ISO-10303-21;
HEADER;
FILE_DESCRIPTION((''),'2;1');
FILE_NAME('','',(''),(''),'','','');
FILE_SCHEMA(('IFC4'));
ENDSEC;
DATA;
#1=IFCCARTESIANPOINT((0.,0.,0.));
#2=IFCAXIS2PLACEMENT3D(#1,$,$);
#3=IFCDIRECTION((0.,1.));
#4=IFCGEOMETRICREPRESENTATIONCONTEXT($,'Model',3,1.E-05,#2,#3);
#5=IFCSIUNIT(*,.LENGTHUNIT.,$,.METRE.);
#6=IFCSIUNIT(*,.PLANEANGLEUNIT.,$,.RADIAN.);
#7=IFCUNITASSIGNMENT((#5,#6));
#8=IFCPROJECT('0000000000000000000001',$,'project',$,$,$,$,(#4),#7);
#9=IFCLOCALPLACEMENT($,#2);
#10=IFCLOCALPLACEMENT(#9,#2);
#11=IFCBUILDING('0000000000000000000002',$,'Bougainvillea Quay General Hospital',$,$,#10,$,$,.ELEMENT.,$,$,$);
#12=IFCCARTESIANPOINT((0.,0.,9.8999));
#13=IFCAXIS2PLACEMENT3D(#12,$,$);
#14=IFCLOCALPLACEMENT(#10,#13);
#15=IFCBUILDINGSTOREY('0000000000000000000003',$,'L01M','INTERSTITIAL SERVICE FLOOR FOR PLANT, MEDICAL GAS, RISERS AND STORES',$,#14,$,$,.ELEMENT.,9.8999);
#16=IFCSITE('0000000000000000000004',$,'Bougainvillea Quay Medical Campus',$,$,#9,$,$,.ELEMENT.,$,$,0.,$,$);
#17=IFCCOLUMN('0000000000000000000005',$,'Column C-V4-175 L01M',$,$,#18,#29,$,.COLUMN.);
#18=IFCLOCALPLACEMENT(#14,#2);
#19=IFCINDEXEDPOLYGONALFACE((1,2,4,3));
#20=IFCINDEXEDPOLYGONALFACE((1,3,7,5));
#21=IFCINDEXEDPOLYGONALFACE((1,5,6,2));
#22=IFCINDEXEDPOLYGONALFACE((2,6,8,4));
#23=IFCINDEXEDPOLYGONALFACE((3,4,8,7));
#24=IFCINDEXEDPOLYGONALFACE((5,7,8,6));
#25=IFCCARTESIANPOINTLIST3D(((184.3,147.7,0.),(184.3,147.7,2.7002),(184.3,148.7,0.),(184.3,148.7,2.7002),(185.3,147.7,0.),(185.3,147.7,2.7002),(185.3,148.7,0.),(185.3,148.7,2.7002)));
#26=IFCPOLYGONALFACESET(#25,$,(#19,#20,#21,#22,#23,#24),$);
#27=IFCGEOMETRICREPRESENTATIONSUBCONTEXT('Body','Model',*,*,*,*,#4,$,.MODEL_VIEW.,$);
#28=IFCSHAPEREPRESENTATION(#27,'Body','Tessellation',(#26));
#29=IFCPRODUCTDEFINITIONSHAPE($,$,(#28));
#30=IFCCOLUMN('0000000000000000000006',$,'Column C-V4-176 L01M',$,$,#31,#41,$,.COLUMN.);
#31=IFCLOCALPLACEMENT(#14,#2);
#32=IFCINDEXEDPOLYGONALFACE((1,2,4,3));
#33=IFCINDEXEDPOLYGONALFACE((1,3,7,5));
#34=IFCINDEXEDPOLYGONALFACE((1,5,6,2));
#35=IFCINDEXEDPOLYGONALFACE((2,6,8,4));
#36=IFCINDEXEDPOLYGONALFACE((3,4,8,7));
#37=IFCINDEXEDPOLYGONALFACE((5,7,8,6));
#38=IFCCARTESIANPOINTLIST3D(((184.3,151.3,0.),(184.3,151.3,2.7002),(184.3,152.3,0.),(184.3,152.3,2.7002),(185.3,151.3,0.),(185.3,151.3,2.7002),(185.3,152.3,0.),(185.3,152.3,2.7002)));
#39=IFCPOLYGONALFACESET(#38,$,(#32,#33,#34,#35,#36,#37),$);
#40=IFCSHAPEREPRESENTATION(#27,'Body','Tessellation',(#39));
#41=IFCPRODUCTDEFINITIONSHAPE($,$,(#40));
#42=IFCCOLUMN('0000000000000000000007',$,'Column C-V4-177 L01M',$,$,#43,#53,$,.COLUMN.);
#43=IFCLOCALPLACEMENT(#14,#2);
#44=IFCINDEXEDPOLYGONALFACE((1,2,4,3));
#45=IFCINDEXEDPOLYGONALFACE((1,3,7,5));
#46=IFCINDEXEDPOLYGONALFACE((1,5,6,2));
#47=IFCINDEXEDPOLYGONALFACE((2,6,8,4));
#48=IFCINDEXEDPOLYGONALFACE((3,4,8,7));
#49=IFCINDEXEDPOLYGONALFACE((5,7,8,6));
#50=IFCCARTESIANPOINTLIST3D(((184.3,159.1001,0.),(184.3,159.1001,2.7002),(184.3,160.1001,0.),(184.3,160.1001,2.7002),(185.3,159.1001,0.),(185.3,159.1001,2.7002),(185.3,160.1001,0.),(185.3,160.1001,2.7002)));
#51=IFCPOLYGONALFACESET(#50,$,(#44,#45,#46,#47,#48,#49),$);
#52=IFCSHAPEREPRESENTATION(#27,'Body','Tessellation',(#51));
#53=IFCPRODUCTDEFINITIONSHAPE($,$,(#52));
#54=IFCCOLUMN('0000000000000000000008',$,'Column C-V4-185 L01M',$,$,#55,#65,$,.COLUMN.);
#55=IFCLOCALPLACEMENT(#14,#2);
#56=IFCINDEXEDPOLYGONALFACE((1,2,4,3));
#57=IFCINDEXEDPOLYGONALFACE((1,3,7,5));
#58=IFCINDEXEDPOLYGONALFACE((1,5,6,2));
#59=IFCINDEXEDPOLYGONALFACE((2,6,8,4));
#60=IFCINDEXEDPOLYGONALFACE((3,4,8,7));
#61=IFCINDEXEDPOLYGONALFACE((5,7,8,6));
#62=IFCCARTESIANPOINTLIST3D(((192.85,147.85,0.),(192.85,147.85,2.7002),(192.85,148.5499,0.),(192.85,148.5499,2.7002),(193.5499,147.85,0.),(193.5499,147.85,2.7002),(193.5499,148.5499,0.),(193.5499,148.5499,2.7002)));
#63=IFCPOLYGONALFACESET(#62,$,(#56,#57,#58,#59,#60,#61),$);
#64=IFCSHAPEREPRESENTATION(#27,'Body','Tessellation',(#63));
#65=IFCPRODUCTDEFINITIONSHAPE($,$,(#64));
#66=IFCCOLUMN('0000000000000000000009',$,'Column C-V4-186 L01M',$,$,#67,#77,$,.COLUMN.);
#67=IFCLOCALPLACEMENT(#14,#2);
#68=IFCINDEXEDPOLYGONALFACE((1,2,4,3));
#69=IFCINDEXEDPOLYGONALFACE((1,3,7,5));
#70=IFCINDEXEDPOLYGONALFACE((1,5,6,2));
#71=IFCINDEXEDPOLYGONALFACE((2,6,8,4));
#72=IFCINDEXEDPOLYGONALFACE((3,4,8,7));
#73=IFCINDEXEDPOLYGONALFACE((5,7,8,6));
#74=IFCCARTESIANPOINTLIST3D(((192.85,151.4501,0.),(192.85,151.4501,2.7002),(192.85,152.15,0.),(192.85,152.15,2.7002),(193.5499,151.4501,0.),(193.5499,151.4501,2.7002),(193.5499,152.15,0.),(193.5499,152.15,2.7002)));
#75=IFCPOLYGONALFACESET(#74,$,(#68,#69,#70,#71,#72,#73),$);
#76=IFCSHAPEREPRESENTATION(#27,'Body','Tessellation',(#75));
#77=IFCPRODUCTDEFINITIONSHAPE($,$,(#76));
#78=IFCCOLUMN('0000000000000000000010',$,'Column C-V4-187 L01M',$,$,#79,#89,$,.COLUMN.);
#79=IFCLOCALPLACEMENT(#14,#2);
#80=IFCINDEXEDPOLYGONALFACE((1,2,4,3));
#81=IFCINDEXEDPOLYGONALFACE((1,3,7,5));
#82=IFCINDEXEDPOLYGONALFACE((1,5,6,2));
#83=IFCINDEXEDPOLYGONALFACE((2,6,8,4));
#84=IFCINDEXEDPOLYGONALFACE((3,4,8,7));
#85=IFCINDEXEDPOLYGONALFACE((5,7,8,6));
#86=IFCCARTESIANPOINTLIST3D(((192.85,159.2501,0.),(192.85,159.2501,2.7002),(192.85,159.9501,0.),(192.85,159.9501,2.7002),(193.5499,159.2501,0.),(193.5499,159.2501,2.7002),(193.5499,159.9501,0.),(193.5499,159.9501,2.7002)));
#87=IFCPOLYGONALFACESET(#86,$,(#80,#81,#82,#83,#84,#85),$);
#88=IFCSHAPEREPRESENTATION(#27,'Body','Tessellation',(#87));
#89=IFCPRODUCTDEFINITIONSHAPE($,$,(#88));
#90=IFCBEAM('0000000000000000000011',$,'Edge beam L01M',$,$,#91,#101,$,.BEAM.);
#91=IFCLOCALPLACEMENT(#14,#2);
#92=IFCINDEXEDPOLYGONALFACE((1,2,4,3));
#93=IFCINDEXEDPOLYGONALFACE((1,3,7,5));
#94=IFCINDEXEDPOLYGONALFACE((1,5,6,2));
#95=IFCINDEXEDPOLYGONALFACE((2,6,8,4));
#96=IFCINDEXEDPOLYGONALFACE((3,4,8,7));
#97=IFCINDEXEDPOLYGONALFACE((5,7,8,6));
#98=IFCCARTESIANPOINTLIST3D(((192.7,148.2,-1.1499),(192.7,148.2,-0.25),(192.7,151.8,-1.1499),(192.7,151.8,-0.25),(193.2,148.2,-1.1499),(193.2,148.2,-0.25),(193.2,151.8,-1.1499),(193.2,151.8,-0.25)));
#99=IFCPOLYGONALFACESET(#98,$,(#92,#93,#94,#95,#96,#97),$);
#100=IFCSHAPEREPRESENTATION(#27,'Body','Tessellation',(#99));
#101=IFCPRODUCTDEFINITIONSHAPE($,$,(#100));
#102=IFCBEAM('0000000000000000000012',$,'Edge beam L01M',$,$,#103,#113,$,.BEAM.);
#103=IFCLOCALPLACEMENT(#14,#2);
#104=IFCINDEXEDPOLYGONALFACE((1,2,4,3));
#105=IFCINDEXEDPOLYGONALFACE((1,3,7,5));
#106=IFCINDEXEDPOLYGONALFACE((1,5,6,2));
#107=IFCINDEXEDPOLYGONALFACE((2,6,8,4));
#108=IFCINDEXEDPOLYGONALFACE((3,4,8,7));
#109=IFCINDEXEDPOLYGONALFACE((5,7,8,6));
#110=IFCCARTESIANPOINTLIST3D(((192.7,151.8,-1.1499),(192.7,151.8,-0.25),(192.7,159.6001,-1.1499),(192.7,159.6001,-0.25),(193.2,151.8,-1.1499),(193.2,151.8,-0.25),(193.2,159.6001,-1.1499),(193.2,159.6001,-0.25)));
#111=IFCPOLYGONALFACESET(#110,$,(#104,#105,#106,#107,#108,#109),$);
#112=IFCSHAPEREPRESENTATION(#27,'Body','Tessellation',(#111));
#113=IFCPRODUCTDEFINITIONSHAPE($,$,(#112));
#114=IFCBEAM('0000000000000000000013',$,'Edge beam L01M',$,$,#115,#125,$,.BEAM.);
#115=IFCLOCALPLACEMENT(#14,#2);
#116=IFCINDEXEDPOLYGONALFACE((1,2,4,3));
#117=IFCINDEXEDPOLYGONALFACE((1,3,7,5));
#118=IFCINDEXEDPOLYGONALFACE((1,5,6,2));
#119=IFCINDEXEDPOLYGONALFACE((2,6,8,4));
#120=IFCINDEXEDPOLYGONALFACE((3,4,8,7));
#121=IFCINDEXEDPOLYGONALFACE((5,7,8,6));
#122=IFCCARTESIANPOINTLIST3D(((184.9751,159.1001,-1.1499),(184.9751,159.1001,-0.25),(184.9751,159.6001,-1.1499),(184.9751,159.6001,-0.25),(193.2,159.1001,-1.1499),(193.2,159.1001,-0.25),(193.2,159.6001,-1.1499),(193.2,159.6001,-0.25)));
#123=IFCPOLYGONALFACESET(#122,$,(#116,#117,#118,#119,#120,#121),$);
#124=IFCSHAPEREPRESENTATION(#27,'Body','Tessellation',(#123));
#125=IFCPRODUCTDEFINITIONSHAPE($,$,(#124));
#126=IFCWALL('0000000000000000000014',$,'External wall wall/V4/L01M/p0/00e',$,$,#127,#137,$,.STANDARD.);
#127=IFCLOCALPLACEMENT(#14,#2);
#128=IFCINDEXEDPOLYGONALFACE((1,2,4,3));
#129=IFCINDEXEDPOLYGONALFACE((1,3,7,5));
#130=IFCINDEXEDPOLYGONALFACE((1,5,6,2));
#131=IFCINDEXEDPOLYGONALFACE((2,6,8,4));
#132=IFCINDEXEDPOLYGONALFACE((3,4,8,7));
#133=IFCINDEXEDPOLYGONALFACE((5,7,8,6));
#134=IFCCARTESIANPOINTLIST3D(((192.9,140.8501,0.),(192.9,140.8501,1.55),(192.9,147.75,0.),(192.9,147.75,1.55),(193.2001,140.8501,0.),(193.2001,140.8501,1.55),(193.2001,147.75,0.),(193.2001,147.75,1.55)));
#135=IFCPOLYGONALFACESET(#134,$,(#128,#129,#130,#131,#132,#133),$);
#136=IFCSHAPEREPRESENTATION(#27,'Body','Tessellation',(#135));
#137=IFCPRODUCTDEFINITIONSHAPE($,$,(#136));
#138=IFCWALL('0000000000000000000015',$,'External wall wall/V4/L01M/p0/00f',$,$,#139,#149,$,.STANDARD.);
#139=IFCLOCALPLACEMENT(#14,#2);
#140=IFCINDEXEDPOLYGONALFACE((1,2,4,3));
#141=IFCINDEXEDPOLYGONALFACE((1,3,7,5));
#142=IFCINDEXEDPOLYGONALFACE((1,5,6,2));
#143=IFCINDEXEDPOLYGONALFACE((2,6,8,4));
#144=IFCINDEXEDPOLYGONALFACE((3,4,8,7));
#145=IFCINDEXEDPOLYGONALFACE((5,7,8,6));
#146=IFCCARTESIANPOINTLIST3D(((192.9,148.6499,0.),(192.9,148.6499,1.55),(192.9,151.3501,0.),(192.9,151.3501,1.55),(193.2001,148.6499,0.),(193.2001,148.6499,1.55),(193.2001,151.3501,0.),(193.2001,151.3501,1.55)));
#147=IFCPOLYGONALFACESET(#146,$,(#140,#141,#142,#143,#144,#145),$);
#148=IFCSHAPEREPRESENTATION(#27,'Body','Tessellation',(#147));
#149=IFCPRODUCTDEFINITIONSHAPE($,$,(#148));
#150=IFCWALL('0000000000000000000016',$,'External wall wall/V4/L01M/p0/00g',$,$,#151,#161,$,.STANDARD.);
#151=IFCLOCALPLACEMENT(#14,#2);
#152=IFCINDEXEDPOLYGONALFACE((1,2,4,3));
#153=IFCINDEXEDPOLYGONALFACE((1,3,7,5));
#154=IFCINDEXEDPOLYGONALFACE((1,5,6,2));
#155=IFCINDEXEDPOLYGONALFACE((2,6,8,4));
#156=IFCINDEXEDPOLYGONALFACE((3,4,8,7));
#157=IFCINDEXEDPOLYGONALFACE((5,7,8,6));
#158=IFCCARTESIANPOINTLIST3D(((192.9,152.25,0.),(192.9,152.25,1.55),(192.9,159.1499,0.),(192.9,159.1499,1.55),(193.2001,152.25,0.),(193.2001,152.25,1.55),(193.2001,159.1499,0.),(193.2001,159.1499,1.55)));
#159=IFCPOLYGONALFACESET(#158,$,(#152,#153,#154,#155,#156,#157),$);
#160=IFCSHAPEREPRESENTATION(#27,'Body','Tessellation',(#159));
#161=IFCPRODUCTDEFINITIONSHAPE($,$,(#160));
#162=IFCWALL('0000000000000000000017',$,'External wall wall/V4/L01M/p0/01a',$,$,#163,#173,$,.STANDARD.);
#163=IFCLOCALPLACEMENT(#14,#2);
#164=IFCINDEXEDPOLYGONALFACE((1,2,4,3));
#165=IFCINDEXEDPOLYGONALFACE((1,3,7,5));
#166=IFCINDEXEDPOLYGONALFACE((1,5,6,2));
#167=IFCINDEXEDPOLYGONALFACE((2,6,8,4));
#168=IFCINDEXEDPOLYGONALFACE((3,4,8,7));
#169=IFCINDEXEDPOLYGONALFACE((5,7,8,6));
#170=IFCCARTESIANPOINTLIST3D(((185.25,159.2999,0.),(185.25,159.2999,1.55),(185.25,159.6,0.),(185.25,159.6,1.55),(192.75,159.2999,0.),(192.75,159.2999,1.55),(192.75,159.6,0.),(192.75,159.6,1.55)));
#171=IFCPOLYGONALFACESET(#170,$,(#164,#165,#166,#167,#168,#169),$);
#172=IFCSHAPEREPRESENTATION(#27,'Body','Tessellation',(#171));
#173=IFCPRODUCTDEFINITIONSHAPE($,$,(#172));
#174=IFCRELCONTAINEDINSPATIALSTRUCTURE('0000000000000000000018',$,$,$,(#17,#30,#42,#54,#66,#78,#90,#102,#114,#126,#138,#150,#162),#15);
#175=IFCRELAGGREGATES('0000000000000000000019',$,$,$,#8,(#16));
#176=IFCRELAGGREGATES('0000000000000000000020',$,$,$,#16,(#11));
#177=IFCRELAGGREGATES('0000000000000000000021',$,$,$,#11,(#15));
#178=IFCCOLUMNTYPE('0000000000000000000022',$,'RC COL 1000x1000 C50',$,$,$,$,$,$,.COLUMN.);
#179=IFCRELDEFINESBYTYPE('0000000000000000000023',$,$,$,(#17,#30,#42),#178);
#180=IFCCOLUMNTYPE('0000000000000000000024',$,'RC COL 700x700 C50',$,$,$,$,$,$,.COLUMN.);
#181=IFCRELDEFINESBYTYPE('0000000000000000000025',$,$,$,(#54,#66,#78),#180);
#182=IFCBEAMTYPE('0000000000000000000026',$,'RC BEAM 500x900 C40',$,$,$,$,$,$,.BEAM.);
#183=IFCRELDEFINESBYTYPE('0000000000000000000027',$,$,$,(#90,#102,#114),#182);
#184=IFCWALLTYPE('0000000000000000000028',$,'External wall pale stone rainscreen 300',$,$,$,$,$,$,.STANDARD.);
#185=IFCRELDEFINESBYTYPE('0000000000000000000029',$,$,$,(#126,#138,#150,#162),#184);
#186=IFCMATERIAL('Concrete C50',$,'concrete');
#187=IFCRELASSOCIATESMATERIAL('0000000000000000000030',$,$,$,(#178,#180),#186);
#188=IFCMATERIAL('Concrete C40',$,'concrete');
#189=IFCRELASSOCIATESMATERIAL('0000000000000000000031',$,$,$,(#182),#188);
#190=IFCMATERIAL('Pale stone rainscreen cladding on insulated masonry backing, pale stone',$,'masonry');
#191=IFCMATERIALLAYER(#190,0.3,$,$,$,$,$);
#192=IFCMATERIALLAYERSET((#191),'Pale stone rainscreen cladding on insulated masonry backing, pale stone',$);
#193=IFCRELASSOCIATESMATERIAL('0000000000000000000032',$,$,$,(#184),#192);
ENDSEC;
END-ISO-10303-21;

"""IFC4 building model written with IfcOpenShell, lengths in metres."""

from ifc_helpers import new_model, si_unit, direction, frame, frame_2d, origin, origin_2d, place, context, subcontext, project, spatial, rectangle, extrude, material, layer, layer_set, material_profile, profile_set, type_object, element, save


model = new_model("IFC4")

# Units and contexts
model_context = context("Model", 3, precision=1e-05, world=origin(), true_north=direction((0.0, 1.0)))
body_context = subcontext(model_context, "Body", "Model", "MODEL_VIEW")
ifc_project = project(units=[si_unit("LENGTHUNIT", "METRE"), si_unit("PLANEANGLEUNIT", "RADIAN")], contexts=[model_context])

# Site, building, storey
site_placement = place(None, origin())
site = spatial("IfcSite", under=ifc_project, at=site_placement, Name="Bougainvillea Quay Medical Campus", CompositionType="ELEMENT", RefElevation=0.0)
building_placement = place(site_placement, origin())
building = spatial("IfcBuilding", under=site, at=building_placement, Name="Bougainvillea Quay General Hospital", CompositionType="ELEMENT")
storey_placement = place(building_placement, frame((0.0, 0.0, 9.8999)))
storey = spatial("IfcBuildingStorey", under=building, at=storey_placement, Name="L01M", Description="INTERSTITIAL SERVICE FLOOR FOR PLANT, MEDICAL GAS, RISERS AND STORES", CompositionType="ELEMENT", Elevation=9.8999)

# Columns
ifc_material_1 = material(Name="Concrete C50", Category="concrete")
ifc_material_profile_1 = material_profile(ifc_material_1, rectangle(XDim=1.0, YDim=1.0, at=origin_2d()))
ifc_profile_set_1 = profile_set([ifc_material_profile_1], Name="Concrete C50")
column_type_1 = type_object("IfcColumnType", Name="RC COL 1000x1000 C50", PredefinedType="COLUMN", material=ifc_profile_set_1)
for number, where, z_axis, x_axis, name in (
    (1, (184.8, 148.2, 0.0), (0.0, 0.0, 1.0), (1.0, 0.0, 0.0), "Column C-V4-175 L01M"),
    (2, (184.8, 151.8, 0.0), (0.0, 0.0, 1.0), (1.0, 0.0, 0.0), "Column C-V4-176 L01M"),
    (3, (184.8, 159.6001, 0.0), (0.0, 0.0, 1.0), (1.0, 0.0, 0.0), "Column C-V4-177 L01M"),
):
    element("IfcColumn", number, at=place(storey_placement, frame(where, z_axis=z_axis, x_axis=x_axis)), inside=storey, type_object=column_type_1, Name=name, PredefinedType="COLUMN", context=body_context, shape_type="SweptSolid", body=[
        extrude(rectangle(XDim=1.0, YDim=1.0, at=origin_2d()), origin(), (0.0, 0.0, 1.0), 2.7002),
    ])
ifc_material_profile_2 = material_profile(ifc_material_1, rectangle(XDim=0.7, YDim=0.7, at=origin_2d()))
ifc_profile_set_2 = profile_set([ifc_material_profile_2], Name="Concrete C50")
column_type_2 = type_object("IfcColumnType", Name="RC COL 700x700 C50", PredefinedType="COLUMN", material=ifc_profile_set_2)
for number, where, z_axis, x_axis, name in (
    (4, (193.2, 148.2, 0.0), (0.0, 0.0, 1.0), (1.0, 0.0, 0.0), "Column C-V4-185 L01M"),
    (5, (193.2, 151.8, 0.0), (0.0, 0.0, 1.0), (1.0, 0.0, 0.0), "Column C-V4-186 L01M"),
    (6, (193.2, 159.6001, 0.0), (0.0, 0.0, 1.0), (1.0, 0.0, 0.0), "Column C-V4-187 L01M"),
):
    element("IfcColumn", number, at=place(storey_placement, frame(where, z_axis=z_axis, x_axis=x_axis)), inside=storey, type_object=column_type_2, Name=name, PredefinedType="COLUMN", context=body_context, shape_type="SweptSolid", body=[
        extrude(rectangle(XDim=0.7, YDim=0.7, at=origin_2d()), origin(), (0.0, 0.0, 1.0), 2.7002),
    ])

# Beams
ifc_material_2 = material(Name="Concrete C40", Category="concrete")
ifc_material_profile_3 = material_profile(ifc_material_2, rectangle(XDim=0.5, YDim=0.8999, at=origin_2d()))
ifc_profile_set_3 = profile_set([ifc_material_profile_3], Name="Concrete C40")
beam_type = type_object("IfcBeamType", Name="RC BEAM 500x900 C40", PredefinedType="BEAM", material=ifc_profile_set_3)
beam_1_placement = place(storey_placement, frame((192.95, 148.2, -0.7), z_axis=(0.0, 1.0, 0.0), x_axis=(-1.0, 0.0, 0.0)))
element("IfcBeam", 7, at=beam_1_placement, inside=storey, type_object=beam_type, Name="Edge beam L01M", PredefinedType="BEAM", context=body_context, shape_type="SweptSolid", body=[
    extrude(rectangle(XDim=0.5, YDim=0.8999, at=origin_2d()), origin(), (0.0, 0.0, 1.0), 3.6001),
])
beam_2_placement = place(storey_placement, frame((192.95, 151.8, -0.7), z_axis=(0.0, 1.0, 0.0), x_axis=(-1.0, 0.0, 0.0)))
element("IfcBeam", 8, at=beam_2_placement, inside=storey, type_object=beam_type, Name="Edge beam L01M", PredefinedType="BEAM", context=body_context, shape_type="SweptSolid", body=[
    extrude(rectangle(XDim=0.5, YDim=0.8999, at=origin_2d()), origin(), (0.0, 0.0, 1.0), 7.8),
])
beam_3_placement = place(storey_placement, frame((193.2, 159.3501, -0.7), z_axis=(-1.0, 0.0, 0.0), x_axis=(0.0, -1.0, 0.0)))
element("IfcBeam", 9, at=beam_3_placement, inside=storey, type_object=beam_type, Name="Edge beam L01M", PredefinedType="BEAM", context=body_context, shape_type="SweptSolid", body=[
    extrude(rectangle(XDim=0.5, YDim=0.8999, at=origin_2d()), origin(), (0.0, 0.0, 1.0), 8.2249),
])

# Walls
ifc_material_3 = material(Name="Pale stone rainscreen cladding on insulated masonry backing, pale stone", Category="masonry")
ifc_layer_1 = layer(ifc_material_3, 0.3)
ifc_layer_set_1 = layer_set([ifc_layer_1], Name="Pale stone rainscreen cladding on insulated masonry backing, pale stone")
wall_type_1 = type_object("IfcWallType", Name="External wall pale stone rainscreen 300", PredefinedType="STANDARD", material=ifc_layer_set_1)
wall_1_placement = place(storey_placement, frame((193.05, 140.8501, 0.0), z_axis=(0.0, 0.0, 1.0), x_axis=(0.0, 1.0, 0.0)))
element("IfcWall", 10, at=wall_1_placement, inside=storey, type_object=wall_type_1, Name="External wall wall/V4/L01M/p0/00e", PredefinedType="STANDARD", context=body_context, shape_type="SweptSolid", body=[
    extrude(rectangle(XDim=6.8999, YDim=0.3, at=frame_2d((3.45, 0.0))), origin(), (0.0, 0.0, 1.0), 1.55),
])
wall_2_placement = place(storey_placement, frame((193.05, 148.6499, 0.0), z_axis=(0.0, 0.0, 1.0), x_axis=(0.0, 1.0, 0.0)))
element("IfcWall", 11, at=wall_2_placement, inside=storey, type_object=wall_type_1, Name="External wall wall/V4/L01M/p0/00f", PredefinedType="STANDARD", context=body_context, shape_type="SweptSolid", body=[
    extrude(rectangle(XDim=2.7002, YDim=0.3, at=frame_2d((1.3501, 0.0))), origin(), (0.0, 0.0, 1.0), 1.55),
])
wall_3_placement = place(storey_placement, frame((193.05, 152.25, 0.0), z_axis=(0.0, 0.0, 1.0), x_axis=(0.0, 1.0, 0.0)))
element("IfcWall", 12, at=wall_3_placement, inside=storey, type_object=wall_type_1, Name="External wall wall/V4/L01M/p0/00g", PredefinedType="STANDARD", context=body_context, shape_type="SweptSolid", body=[
    extrude(rectangle(XDim=6.8999, YDim=0.3, at=frame_2d((3.45, 0.0))), origin(), (0.0, 0.0, 1.0), 1.55),
])
wall_4_placement = place(storey_placement, frame((192.75, 159.45, 0.0), z_axis=(0.0, 0.0, 1.0), x_axis=(-1.0, 0.0, 0.0)))
element("IfcWall", 13, at=wall_4_placement, inside=storey, type_object=wall_type_1, Name="External wall wall/V4/L01M/p0/01a", PredefinedType="STANDARD", context=body_context, shape_type="SweptSolid", body=[
    extrude(rectangle(XDim=7.5, YDim=0.3, at=frame_2d((3.75, 0.0))), origin(), (0.0, 0.0, 1.0), 1.55),
])

save(model, "model.ifc")
